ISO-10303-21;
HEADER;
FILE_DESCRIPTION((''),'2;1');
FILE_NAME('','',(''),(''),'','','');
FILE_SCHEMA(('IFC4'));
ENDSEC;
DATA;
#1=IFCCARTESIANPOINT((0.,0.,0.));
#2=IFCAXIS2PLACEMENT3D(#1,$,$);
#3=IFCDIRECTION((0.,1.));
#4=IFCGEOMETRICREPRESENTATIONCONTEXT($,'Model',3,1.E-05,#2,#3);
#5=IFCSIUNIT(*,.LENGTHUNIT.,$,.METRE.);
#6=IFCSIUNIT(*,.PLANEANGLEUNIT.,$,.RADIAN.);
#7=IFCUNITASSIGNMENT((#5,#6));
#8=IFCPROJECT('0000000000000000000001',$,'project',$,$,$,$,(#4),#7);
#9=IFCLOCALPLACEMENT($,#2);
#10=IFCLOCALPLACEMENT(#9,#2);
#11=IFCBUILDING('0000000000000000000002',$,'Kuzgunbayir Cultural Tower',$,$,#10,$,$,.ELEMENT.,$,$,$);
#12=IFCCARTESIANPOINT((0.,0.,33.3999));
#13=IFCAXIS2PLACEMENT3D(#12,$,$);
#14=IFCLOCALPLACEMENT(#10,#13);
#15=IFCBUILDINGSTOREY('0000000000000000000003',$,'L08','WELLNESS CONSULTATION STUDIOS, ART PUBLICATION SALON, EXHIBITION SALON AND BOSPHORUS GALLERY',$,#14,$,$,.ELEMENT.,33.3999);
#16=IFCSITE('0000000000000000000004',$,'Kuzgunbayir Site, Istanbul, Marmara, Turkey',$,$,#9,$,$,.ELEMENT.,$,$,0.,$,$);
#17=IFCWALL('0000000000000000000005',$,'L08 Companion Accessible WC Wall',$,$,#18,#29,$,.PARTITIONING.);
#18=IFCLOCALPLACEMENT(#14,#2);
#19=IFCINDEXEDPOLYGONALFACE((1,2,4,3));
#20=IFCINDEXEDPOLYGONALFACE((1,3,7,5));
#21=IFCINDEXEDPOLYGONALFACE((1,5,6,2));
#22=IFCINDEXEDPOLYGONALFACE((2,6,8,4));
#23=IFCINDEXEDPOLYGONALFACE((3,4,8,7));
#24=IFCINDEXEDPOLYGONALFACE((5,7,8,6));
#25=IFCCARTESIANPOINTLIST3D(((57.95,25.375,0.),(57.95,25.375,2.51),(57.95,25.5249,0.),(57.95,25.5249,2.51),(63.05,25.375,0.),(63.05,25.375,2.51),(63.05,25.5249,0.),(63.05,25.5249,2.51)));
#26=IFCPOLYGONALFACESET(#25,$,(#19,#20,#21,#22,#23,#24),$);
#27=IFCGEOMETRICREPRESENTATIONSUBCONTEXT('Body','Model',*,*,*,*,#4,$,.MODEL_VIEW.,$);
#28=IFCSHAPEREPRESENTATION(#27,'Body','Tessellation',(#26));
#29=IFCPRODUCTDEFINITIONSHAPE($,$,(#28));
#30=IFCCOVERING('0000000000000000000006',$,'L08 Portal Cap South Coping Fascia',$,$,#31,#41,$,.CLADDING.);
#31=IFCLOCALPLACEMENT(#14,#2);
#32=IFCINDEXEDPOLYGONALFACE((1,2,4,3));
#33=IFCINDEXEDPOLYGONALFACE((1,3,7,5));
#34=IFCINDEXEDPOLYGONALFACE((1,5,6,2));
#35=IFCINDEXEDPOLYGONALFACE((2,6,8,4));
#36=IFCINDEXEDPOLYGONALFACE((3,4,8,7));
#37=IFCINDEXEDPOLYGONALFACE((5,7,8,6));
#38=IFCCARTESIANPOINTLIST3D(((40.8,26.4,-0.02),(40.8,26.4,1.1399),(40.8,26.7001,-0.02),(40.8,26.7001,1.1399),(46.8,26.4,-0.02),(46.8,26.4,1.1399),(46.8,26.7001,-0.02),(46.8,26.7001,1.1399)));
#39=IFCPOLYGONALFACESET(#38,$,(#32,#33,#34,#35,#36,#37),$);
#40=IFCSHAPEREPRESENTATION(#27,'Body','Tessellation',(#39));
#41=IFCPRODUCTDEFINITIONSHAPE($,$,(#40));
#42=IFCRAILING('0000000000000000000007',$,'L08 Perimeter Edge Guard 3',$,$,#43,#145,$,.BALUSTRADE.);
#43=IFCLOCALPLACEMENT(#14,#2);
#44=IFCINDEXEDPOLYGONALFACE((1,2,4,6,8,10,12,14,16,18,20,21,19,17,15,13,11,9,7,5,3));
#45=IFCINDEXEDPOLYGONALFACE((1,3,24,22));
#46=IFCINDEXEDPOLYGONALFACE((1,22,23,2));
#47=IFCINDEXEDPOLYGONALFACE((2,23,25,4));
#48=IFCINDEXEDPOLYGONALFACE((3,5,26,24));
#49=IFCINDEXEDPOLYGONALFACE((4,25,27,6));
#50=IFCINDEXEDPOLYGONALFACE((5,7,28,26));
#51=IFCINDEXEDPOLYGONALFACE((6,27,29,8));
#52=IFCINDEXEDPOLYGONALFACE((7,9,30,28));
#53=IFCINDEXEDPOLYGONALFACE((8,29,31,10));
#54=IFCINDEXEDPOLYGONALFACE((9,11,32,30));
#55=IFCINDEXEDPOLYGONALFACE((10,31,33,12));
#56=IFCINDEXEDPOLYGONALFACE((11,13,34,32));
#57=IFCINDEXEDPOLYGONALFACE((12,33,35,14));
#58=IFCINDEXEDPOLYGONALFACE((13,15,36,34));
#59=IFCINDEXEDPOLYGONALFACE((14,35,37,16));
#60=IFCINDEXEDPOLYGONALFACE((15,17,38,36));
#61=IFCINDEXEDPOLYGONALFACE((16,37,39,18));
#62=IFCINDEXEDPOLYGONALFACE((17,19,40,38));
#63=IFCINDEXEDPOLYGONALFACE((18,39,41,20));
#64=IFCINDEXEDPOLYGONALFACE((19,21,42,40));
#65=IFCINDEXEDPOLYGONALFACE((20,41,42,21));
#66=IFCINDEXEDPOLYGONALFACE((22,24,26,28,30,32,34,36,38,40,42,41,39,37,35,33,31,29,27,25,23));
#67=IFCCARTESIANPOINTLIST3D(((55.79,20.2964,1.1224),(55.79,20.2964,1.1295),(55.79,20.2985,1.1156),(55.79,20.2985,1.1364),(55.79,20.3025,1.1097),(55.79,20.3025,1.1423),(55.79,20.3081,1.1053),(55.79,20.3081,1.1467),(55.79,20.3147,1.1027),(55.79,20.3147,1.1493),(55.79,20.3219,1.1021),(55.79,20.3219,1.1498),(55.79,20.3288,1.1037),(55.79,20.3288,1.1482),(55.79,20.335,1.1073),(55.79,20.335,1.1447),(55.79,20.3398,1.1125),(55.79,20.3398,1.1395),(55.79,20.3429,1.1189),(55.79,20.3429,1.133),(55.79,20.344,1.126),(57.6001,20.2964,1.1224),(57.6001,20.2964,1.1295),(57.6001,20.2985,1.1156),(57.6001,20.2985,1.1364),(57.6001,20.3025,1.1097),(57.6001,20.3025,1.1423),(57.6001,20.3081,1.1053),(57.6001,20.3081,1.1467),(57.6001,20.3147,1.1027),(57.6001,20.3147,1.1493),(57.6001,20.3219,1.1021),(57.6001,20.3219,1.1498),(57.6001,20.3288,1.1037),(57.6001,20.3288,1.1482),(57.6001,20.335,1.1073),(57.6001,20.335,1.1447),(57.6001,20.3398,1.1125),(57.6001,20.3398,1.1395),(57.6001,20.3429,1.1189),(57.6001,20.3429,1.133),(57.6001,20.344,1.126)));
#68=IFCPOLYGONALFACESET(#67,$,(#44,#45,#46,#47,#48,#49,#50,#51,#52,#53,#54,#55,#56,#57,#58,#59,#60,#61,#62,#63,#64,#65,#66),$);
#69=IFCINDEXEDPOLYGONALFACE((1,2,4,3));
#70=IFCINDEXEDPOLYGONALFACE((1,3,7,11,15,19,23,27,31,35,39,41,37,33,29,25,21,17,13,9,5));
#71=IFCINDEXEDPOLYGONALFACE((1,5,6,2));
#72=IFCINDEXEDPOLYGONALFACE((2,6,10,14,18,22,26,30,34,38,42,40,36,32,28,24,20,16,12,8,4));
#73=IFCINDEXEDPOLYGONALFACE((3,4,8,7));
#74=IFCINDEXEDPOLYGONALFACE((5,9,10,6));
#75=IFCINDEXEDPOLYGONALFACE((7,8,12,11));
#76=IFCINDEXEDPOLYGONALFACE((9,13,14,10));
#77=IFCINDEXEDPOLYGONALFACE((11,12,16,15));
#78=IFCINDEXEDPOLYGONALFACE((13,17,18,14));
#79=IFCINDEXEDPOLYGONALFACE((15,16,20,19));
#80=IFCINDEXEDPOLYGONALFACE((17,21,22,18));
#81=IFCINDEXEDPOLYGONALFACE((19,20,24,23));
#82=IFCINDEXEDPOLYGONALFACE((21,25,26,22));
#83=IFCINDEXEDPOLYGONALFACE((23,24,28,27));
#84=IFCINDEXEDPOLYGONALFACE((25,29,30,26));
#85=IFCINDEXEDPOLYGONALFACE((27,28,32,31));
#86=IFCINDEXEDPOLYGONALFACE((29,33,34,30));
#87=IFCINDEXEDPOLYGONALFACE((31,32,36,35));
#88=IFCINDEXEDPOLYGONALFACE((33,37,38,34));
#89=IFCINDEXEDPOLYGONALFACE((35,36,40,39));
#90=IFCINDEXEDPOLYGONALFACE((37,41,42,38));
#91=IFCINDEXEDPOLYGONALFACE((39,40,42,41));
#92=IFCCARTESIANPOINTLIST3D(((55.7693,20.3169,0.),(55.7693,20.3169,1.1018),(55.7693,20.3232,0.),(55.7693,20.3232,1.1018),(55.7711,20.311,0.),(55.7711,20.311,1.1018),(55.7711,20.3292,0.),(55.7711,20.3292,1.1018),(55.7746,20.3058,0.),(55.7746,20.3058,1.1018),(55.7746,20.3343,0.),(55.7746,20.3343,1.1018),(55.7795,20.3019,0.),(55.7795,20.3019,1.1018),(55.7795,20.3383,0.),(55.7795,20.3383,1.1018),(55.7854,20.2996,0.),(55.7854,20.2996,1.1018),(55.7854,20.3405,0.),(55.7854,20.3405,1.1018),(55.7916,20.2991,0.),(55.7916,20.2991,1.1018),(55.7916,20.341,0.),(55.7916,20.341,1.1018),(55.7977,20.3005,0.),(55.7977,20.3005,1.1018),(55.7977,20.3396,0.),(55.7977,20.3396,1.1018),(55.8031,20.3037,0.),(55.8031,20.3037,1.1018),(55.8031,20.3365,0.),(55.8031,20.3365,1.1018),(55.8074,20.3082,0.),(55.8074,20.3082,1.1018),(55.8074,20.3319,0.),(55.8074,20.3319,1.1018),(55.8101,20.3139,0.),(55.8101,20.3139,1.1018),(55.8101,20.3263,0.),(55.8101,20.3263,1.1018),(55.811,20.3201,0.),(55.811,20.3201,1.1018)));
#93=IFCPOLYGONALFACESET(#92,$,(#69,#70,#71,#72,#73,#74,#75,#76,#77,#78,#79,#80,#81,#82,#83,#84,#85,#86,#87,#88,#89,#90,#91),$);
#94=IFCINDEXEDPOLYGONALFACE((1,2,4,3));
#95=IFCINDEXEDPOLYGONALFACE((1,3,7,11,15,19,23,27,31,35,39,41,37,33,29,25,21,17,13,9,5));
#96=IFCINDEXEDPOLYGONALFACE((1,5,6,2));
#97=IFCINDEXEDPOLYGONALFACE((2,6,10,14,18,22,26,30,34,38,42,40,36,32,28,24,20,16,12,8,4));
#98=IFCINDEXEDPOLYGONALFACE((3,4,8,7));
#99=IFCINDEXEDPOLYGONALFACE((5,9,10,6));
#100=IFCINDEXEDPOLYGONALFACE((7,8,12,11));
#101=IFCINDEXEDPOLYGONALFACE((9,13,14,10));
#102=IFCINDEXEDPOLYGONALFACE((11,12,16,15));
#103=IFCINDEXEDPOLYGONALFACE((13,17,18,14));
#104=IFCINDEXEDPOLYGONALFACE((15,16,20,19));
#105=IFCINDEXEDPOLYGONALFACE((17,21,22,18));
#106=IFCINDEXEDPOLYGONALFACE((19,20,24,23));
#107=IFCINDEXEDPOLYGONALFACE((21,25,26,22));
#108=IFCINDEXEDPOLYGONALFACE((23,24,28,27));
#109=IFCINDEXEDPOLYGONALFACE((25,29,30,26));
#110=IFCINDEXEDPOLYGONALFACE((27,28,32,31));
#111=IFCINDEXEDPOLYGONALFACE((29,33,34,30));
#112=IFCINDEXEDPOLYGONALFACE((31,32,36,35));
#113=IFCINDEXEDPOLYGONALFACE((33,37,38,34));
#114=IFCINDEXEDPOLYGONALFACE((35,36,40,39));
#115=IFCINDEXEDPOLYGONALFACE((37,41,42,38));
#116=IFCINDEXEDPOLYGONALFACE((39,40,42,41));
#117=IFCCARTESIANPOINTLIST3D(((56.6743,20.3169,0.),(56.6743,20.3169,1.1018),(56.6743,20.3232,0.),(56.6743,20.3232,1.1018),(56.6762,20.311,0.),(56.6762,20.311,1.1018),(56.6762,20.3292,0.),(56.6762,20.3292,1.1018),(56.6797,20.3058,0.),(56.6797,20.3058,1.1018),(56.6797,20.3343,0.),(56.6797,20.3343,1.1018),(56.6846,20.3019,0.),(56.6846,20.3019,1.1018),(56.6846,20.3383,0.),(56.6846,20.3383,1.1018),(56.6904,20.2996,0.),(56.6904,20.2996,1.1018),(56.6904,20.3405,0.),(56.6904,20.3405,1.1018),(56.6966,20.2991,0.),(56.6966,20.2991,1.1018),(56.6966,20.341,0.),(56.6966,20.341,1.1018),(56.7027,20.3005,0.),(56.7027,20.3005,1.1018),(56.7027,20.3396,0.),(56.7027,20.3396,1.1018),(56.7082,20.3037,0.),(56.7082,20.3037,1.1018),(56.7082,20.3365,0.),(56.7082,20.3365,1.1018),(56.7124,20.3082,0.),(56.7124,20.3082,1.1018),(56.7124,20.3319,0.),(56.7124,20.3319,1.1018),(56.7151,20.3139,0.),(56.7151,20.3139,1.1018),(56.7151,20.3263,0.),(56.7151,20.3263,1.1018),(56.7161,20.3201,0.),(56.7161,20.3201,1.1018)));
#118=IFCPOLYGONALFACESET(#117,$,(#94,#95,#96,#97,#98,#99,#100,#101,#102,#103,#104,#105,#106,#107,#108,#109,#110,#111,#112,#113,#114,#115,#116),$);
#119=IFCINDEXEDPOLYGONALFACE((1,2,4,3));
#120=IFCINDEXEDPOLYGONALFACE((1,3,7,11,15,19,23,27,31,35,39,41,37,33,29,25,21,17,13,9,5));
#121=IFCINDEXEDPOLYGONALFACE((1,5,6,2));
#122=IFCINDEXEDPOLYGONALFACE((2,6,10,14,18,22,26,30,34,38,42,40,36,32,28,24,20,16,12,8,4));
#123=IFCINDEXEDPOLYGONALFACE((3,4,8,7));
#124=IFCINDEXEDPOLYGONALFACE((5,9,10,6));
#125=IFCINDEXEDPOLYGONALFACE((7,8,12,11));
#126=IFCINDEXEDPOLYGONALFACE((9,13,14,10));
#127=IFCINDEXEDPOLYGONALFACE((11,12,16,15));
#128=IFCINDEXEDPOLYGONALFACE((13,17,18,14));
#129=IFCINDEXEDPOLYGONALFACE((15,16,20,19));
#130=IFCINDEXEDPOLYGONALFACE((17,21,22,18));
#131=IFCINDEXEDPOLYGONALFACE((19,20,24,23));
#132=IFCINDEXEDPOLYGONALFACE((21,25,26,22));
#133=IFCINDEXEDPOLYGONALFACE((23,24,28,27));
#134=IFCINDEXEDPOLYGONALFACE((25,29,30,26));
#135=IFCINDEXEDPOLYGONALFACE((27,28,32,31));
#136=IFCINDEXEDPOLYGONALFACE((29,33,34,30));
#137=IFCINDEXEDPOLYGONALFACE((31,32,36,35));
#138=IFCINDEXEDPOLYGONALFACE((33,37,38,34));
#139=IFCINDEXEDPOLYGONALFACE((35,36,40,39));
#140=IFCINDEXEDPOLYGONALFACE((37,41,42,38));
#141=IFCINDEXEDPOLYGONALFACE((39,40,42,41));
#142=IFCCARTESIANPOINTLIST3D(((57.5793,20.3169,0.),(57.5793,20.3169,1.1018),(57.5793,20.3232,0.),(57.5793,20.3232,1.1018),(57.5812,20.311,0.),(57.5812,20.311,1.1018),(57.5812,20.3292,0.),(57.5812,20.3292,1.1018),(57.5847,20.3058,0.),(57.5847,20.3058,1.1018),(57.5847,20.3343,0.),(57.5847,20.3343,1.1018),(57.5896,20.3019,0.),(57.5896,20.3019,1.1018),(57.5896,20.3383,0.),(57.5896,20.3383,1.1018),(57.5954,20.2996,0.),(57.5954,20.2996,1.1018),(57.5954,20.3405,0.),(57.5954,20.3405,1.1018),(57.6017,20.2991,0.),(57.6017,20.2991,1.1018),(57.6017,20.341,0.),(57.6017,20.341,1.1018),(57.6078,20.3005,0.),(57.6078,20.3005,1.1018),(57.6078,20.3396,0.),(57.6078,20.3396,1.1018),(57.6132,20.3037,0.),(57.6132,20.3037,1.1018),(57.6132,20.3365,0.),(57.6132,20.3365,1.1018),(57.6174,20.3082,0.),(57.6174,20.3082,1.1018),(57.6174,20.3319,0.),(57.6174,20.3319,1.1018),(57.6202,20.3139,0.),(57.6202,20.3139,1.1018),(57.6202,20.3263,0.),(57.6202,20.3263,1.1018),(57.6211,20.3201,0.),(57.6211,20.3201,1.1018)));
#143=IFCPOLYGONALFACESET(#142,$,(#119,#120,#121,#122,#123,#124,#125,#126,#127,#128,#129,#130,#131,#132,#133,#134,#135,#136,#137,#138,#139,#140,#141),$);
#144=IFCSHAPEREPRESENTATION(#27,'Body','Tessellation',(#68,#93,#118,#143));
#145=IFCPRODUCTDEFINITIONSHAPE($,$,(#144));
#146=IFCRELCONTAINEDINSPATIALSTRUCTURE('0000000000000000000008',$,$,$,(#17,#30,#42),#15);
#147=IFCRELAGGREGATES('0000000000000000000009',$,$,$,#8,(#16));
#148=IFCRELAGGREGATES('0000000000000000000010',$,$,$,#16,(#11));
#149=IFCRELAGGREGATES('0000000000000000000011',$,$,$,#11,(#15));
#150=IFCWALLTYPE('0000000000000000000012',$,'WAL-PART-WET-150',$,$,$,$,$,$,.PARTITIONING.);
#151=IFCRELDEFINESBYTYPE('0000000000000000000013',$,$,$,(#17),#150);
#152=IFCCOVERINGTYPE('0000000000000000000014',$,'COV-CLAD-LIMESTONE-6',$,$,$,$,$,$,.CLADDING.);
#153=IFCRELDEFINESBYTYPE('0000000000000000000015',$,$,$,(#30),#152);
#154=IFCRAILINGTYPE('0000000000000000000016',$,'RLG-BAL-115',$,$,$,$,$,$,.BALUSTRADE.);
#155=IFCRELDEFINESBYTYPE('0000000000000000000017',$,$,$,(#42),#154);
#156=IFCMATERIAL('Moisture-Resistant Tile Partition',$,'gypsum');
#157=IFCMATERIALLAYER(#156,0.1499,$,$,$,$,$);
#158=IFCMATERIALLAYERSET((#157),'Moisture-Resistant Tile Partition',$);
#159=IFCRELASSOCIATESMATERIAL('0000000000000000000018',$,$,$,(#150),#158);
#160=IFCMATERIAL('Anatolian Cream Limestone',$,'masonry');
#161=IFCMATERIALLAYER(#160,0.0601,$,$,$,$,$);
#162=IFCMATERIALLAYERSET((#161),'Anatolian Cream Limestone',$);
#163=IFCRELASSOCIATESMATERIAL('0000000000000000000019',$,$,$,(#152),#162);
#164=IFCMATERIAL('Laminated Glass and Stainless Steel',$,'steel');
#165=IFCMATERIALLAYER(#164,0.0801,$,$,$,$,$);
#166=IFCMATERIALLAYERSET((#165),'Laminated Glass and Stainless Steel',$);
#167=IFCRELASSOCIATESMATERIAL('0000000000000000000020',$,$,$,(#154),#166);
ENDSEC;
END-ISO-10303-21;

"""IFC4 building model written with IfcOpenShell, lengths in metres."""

from ifc_helpers import new_model, si_unit, direction, frame, frame_2d, origin, origin_2d, place, context, subcontext, project, spatial, rectangle, circle, extrude, material, layer, layer_set, type_object, element, save


model = new_model("IFC4")

# Units and contexts
model_context = context("Model", 3, precision=1e-05, world=origin(), true_north=direction((0.0, 1.0)))
body_context = subcontext(model_context, "Body", "Model", "MODEL_VIEW")
ifc_project = project(units=[si_unit("LENGTHUNIT", "METRE"), si_unit("PLANEANGLEUNIT", "RADIAN")], contexts=[model_context])

# Site, building, storey
site_placement = place(None, origin())
site = spatial("IfcSite", under=ifc_project, at=site_placement, Name="Kuzgunbayir Site, Istanbul, Marmara, Turkey", CompositionType="ELEMENT", RefElevation=0.0)
building_placement = place(site_placement, origin())
building = spatial("IfcBuilding", under=site, at=building_placement, Name="Kuzgunbayir Cultural Tower", CompositionType="ELEMENT")
storey_placement = place(building_placement, frame((0.0, 0.0, 33.3999)))
storey = spatial("IfcBuildingStorey", under=building, at=storey_placement, Name="L08", Description="WELLNESS CONSULTATION STUDIOS, ART PUBLICATION SALON, EXHIBITION SALON AND BOSPHORUS GALLERY", CompositionType="ELEMENT", Elevation=33.3999)

# Wall
ifc_material_1 = material(Name="Moisture-Resistant Tile Partition", Category="gypsum")
ifc_layer_1 = layer(ifc_material_1, 0.1499)
ifc_layer_set_1 = layer_set([ifc_layer_1], Name="Moisture-Resistant Tile Partition")
wall_type_1 = type_object("IfcWallType", Name="WAL-PART-WET-150", PredefinedType="PARTITIONING", material=ifc_layer_set_1)
for number, where, z_axis, x_axis, name in (
    (1, (57.95, 25.45, 0.0), (0.0, 0.0, 1.0), (1.0, 0.0, 0.0), "L08 Companion Accessible WC Wall"),
):
    element("IfcWall", number, at=place(storey_placement, frame(where, z_axis=z_axis, x_axis=x_axis)), inside=storey, type_object=wall_type_1, Name=name, PredefinedType="PARTITIONING", context=body_context, shape_type="SweptSolid", body=[
        extrude(rectangle(XDim=5.1001, YDim=0.1499, at=frame_2d((2.55, 0.0))), origin(), (0.0, 0.0, 1.0), 2.51),
    ])

# Covering
ifc_material_2 = material(Name="Anatolian Cream Limestone", Category="masonry")
ifc_layer_2 = layer(ifc_material_2, 0.0601)
ifc_layer_set_2 = layer_set([ifc_layer_2], Name="Anatolian Cream Limestone")
covering_type = type_object("IfcCoveringType", Name="COV-CLAD-LIMESTONE-6", PredefinedType="CLADDING", material=ifc_layer_set_2)
covering_placement = place(storey_placement, frame((43.8, 26.55, -0.02), z_axis=(0.0, 0.0, 1.0), x_axis=(1.0, 0.0, 0.0)))
element("IfcCovering", 2, at=covering_placement, inside=storey, type_object=covering_type, Name="L08 Portal Cap South Coping Fascia", PredefinedType="CLADDING", context=body_context, shape_type="SweptSolid", body=[
    extrude(rectangle(XDim=6.0, YDim=0.3, at=origin_2d()), origin(), (0.0, 0.0, 1.0), 1.1599),
])

# Railing
ifc_material_3 = material(Name="Laminated Glass and Stainless Steel", Category="steel")
ifc_layer_3 = layer(ifc_material_3, 0.0801)
ifc_layer_set_3 = layer_set([ifc_layer_3], Name="Laminated Glass and Stainless Steel")
railing_type = type_object("IfcRailingType", Name="RLG-BAL-115", PredefinedType="BALUSTRADE", material=ifc_layer_set_3)
railing_placement = place(storey_placement, frame((55.79, 20.3201, 0.0)))
element("IfcRailing", 3, at=railing_placement, inside=storey, type_object=railing_type, Name="L08 Perimeter Edge Guard 3", PredefinedType="BALUSTRADE", context=body_context, shape_type="SweptSolid", body=[
    extrude(circle(Radius=0.0239, at=origin_2d()), frame((0.0, 0.0, 1.126), z_axis=(1.0, 0.0, 0.0), x_axis=(0.0, 1.0, 0.0)), (0.0, 0.0, 1.0), 1.8101),
    extrude(circle(Radius=0.021, at=origin_2d()), origin(), (0.0, 0.0, 1.0), 1.1018),
    extrude(circle(Radius=0.021, at=origin_2d()), frame((0.905, 0.0, 0.0)), (0.0, 0.0, 1.0), 1.1018),
    extrude(circle(Radius=0.021, at=origin_2d()), frame((1.8101, 0.0, 0.0)), (0.0, 0.0, 1.0), 1.1018),
])

save(model, "model.ifc")
